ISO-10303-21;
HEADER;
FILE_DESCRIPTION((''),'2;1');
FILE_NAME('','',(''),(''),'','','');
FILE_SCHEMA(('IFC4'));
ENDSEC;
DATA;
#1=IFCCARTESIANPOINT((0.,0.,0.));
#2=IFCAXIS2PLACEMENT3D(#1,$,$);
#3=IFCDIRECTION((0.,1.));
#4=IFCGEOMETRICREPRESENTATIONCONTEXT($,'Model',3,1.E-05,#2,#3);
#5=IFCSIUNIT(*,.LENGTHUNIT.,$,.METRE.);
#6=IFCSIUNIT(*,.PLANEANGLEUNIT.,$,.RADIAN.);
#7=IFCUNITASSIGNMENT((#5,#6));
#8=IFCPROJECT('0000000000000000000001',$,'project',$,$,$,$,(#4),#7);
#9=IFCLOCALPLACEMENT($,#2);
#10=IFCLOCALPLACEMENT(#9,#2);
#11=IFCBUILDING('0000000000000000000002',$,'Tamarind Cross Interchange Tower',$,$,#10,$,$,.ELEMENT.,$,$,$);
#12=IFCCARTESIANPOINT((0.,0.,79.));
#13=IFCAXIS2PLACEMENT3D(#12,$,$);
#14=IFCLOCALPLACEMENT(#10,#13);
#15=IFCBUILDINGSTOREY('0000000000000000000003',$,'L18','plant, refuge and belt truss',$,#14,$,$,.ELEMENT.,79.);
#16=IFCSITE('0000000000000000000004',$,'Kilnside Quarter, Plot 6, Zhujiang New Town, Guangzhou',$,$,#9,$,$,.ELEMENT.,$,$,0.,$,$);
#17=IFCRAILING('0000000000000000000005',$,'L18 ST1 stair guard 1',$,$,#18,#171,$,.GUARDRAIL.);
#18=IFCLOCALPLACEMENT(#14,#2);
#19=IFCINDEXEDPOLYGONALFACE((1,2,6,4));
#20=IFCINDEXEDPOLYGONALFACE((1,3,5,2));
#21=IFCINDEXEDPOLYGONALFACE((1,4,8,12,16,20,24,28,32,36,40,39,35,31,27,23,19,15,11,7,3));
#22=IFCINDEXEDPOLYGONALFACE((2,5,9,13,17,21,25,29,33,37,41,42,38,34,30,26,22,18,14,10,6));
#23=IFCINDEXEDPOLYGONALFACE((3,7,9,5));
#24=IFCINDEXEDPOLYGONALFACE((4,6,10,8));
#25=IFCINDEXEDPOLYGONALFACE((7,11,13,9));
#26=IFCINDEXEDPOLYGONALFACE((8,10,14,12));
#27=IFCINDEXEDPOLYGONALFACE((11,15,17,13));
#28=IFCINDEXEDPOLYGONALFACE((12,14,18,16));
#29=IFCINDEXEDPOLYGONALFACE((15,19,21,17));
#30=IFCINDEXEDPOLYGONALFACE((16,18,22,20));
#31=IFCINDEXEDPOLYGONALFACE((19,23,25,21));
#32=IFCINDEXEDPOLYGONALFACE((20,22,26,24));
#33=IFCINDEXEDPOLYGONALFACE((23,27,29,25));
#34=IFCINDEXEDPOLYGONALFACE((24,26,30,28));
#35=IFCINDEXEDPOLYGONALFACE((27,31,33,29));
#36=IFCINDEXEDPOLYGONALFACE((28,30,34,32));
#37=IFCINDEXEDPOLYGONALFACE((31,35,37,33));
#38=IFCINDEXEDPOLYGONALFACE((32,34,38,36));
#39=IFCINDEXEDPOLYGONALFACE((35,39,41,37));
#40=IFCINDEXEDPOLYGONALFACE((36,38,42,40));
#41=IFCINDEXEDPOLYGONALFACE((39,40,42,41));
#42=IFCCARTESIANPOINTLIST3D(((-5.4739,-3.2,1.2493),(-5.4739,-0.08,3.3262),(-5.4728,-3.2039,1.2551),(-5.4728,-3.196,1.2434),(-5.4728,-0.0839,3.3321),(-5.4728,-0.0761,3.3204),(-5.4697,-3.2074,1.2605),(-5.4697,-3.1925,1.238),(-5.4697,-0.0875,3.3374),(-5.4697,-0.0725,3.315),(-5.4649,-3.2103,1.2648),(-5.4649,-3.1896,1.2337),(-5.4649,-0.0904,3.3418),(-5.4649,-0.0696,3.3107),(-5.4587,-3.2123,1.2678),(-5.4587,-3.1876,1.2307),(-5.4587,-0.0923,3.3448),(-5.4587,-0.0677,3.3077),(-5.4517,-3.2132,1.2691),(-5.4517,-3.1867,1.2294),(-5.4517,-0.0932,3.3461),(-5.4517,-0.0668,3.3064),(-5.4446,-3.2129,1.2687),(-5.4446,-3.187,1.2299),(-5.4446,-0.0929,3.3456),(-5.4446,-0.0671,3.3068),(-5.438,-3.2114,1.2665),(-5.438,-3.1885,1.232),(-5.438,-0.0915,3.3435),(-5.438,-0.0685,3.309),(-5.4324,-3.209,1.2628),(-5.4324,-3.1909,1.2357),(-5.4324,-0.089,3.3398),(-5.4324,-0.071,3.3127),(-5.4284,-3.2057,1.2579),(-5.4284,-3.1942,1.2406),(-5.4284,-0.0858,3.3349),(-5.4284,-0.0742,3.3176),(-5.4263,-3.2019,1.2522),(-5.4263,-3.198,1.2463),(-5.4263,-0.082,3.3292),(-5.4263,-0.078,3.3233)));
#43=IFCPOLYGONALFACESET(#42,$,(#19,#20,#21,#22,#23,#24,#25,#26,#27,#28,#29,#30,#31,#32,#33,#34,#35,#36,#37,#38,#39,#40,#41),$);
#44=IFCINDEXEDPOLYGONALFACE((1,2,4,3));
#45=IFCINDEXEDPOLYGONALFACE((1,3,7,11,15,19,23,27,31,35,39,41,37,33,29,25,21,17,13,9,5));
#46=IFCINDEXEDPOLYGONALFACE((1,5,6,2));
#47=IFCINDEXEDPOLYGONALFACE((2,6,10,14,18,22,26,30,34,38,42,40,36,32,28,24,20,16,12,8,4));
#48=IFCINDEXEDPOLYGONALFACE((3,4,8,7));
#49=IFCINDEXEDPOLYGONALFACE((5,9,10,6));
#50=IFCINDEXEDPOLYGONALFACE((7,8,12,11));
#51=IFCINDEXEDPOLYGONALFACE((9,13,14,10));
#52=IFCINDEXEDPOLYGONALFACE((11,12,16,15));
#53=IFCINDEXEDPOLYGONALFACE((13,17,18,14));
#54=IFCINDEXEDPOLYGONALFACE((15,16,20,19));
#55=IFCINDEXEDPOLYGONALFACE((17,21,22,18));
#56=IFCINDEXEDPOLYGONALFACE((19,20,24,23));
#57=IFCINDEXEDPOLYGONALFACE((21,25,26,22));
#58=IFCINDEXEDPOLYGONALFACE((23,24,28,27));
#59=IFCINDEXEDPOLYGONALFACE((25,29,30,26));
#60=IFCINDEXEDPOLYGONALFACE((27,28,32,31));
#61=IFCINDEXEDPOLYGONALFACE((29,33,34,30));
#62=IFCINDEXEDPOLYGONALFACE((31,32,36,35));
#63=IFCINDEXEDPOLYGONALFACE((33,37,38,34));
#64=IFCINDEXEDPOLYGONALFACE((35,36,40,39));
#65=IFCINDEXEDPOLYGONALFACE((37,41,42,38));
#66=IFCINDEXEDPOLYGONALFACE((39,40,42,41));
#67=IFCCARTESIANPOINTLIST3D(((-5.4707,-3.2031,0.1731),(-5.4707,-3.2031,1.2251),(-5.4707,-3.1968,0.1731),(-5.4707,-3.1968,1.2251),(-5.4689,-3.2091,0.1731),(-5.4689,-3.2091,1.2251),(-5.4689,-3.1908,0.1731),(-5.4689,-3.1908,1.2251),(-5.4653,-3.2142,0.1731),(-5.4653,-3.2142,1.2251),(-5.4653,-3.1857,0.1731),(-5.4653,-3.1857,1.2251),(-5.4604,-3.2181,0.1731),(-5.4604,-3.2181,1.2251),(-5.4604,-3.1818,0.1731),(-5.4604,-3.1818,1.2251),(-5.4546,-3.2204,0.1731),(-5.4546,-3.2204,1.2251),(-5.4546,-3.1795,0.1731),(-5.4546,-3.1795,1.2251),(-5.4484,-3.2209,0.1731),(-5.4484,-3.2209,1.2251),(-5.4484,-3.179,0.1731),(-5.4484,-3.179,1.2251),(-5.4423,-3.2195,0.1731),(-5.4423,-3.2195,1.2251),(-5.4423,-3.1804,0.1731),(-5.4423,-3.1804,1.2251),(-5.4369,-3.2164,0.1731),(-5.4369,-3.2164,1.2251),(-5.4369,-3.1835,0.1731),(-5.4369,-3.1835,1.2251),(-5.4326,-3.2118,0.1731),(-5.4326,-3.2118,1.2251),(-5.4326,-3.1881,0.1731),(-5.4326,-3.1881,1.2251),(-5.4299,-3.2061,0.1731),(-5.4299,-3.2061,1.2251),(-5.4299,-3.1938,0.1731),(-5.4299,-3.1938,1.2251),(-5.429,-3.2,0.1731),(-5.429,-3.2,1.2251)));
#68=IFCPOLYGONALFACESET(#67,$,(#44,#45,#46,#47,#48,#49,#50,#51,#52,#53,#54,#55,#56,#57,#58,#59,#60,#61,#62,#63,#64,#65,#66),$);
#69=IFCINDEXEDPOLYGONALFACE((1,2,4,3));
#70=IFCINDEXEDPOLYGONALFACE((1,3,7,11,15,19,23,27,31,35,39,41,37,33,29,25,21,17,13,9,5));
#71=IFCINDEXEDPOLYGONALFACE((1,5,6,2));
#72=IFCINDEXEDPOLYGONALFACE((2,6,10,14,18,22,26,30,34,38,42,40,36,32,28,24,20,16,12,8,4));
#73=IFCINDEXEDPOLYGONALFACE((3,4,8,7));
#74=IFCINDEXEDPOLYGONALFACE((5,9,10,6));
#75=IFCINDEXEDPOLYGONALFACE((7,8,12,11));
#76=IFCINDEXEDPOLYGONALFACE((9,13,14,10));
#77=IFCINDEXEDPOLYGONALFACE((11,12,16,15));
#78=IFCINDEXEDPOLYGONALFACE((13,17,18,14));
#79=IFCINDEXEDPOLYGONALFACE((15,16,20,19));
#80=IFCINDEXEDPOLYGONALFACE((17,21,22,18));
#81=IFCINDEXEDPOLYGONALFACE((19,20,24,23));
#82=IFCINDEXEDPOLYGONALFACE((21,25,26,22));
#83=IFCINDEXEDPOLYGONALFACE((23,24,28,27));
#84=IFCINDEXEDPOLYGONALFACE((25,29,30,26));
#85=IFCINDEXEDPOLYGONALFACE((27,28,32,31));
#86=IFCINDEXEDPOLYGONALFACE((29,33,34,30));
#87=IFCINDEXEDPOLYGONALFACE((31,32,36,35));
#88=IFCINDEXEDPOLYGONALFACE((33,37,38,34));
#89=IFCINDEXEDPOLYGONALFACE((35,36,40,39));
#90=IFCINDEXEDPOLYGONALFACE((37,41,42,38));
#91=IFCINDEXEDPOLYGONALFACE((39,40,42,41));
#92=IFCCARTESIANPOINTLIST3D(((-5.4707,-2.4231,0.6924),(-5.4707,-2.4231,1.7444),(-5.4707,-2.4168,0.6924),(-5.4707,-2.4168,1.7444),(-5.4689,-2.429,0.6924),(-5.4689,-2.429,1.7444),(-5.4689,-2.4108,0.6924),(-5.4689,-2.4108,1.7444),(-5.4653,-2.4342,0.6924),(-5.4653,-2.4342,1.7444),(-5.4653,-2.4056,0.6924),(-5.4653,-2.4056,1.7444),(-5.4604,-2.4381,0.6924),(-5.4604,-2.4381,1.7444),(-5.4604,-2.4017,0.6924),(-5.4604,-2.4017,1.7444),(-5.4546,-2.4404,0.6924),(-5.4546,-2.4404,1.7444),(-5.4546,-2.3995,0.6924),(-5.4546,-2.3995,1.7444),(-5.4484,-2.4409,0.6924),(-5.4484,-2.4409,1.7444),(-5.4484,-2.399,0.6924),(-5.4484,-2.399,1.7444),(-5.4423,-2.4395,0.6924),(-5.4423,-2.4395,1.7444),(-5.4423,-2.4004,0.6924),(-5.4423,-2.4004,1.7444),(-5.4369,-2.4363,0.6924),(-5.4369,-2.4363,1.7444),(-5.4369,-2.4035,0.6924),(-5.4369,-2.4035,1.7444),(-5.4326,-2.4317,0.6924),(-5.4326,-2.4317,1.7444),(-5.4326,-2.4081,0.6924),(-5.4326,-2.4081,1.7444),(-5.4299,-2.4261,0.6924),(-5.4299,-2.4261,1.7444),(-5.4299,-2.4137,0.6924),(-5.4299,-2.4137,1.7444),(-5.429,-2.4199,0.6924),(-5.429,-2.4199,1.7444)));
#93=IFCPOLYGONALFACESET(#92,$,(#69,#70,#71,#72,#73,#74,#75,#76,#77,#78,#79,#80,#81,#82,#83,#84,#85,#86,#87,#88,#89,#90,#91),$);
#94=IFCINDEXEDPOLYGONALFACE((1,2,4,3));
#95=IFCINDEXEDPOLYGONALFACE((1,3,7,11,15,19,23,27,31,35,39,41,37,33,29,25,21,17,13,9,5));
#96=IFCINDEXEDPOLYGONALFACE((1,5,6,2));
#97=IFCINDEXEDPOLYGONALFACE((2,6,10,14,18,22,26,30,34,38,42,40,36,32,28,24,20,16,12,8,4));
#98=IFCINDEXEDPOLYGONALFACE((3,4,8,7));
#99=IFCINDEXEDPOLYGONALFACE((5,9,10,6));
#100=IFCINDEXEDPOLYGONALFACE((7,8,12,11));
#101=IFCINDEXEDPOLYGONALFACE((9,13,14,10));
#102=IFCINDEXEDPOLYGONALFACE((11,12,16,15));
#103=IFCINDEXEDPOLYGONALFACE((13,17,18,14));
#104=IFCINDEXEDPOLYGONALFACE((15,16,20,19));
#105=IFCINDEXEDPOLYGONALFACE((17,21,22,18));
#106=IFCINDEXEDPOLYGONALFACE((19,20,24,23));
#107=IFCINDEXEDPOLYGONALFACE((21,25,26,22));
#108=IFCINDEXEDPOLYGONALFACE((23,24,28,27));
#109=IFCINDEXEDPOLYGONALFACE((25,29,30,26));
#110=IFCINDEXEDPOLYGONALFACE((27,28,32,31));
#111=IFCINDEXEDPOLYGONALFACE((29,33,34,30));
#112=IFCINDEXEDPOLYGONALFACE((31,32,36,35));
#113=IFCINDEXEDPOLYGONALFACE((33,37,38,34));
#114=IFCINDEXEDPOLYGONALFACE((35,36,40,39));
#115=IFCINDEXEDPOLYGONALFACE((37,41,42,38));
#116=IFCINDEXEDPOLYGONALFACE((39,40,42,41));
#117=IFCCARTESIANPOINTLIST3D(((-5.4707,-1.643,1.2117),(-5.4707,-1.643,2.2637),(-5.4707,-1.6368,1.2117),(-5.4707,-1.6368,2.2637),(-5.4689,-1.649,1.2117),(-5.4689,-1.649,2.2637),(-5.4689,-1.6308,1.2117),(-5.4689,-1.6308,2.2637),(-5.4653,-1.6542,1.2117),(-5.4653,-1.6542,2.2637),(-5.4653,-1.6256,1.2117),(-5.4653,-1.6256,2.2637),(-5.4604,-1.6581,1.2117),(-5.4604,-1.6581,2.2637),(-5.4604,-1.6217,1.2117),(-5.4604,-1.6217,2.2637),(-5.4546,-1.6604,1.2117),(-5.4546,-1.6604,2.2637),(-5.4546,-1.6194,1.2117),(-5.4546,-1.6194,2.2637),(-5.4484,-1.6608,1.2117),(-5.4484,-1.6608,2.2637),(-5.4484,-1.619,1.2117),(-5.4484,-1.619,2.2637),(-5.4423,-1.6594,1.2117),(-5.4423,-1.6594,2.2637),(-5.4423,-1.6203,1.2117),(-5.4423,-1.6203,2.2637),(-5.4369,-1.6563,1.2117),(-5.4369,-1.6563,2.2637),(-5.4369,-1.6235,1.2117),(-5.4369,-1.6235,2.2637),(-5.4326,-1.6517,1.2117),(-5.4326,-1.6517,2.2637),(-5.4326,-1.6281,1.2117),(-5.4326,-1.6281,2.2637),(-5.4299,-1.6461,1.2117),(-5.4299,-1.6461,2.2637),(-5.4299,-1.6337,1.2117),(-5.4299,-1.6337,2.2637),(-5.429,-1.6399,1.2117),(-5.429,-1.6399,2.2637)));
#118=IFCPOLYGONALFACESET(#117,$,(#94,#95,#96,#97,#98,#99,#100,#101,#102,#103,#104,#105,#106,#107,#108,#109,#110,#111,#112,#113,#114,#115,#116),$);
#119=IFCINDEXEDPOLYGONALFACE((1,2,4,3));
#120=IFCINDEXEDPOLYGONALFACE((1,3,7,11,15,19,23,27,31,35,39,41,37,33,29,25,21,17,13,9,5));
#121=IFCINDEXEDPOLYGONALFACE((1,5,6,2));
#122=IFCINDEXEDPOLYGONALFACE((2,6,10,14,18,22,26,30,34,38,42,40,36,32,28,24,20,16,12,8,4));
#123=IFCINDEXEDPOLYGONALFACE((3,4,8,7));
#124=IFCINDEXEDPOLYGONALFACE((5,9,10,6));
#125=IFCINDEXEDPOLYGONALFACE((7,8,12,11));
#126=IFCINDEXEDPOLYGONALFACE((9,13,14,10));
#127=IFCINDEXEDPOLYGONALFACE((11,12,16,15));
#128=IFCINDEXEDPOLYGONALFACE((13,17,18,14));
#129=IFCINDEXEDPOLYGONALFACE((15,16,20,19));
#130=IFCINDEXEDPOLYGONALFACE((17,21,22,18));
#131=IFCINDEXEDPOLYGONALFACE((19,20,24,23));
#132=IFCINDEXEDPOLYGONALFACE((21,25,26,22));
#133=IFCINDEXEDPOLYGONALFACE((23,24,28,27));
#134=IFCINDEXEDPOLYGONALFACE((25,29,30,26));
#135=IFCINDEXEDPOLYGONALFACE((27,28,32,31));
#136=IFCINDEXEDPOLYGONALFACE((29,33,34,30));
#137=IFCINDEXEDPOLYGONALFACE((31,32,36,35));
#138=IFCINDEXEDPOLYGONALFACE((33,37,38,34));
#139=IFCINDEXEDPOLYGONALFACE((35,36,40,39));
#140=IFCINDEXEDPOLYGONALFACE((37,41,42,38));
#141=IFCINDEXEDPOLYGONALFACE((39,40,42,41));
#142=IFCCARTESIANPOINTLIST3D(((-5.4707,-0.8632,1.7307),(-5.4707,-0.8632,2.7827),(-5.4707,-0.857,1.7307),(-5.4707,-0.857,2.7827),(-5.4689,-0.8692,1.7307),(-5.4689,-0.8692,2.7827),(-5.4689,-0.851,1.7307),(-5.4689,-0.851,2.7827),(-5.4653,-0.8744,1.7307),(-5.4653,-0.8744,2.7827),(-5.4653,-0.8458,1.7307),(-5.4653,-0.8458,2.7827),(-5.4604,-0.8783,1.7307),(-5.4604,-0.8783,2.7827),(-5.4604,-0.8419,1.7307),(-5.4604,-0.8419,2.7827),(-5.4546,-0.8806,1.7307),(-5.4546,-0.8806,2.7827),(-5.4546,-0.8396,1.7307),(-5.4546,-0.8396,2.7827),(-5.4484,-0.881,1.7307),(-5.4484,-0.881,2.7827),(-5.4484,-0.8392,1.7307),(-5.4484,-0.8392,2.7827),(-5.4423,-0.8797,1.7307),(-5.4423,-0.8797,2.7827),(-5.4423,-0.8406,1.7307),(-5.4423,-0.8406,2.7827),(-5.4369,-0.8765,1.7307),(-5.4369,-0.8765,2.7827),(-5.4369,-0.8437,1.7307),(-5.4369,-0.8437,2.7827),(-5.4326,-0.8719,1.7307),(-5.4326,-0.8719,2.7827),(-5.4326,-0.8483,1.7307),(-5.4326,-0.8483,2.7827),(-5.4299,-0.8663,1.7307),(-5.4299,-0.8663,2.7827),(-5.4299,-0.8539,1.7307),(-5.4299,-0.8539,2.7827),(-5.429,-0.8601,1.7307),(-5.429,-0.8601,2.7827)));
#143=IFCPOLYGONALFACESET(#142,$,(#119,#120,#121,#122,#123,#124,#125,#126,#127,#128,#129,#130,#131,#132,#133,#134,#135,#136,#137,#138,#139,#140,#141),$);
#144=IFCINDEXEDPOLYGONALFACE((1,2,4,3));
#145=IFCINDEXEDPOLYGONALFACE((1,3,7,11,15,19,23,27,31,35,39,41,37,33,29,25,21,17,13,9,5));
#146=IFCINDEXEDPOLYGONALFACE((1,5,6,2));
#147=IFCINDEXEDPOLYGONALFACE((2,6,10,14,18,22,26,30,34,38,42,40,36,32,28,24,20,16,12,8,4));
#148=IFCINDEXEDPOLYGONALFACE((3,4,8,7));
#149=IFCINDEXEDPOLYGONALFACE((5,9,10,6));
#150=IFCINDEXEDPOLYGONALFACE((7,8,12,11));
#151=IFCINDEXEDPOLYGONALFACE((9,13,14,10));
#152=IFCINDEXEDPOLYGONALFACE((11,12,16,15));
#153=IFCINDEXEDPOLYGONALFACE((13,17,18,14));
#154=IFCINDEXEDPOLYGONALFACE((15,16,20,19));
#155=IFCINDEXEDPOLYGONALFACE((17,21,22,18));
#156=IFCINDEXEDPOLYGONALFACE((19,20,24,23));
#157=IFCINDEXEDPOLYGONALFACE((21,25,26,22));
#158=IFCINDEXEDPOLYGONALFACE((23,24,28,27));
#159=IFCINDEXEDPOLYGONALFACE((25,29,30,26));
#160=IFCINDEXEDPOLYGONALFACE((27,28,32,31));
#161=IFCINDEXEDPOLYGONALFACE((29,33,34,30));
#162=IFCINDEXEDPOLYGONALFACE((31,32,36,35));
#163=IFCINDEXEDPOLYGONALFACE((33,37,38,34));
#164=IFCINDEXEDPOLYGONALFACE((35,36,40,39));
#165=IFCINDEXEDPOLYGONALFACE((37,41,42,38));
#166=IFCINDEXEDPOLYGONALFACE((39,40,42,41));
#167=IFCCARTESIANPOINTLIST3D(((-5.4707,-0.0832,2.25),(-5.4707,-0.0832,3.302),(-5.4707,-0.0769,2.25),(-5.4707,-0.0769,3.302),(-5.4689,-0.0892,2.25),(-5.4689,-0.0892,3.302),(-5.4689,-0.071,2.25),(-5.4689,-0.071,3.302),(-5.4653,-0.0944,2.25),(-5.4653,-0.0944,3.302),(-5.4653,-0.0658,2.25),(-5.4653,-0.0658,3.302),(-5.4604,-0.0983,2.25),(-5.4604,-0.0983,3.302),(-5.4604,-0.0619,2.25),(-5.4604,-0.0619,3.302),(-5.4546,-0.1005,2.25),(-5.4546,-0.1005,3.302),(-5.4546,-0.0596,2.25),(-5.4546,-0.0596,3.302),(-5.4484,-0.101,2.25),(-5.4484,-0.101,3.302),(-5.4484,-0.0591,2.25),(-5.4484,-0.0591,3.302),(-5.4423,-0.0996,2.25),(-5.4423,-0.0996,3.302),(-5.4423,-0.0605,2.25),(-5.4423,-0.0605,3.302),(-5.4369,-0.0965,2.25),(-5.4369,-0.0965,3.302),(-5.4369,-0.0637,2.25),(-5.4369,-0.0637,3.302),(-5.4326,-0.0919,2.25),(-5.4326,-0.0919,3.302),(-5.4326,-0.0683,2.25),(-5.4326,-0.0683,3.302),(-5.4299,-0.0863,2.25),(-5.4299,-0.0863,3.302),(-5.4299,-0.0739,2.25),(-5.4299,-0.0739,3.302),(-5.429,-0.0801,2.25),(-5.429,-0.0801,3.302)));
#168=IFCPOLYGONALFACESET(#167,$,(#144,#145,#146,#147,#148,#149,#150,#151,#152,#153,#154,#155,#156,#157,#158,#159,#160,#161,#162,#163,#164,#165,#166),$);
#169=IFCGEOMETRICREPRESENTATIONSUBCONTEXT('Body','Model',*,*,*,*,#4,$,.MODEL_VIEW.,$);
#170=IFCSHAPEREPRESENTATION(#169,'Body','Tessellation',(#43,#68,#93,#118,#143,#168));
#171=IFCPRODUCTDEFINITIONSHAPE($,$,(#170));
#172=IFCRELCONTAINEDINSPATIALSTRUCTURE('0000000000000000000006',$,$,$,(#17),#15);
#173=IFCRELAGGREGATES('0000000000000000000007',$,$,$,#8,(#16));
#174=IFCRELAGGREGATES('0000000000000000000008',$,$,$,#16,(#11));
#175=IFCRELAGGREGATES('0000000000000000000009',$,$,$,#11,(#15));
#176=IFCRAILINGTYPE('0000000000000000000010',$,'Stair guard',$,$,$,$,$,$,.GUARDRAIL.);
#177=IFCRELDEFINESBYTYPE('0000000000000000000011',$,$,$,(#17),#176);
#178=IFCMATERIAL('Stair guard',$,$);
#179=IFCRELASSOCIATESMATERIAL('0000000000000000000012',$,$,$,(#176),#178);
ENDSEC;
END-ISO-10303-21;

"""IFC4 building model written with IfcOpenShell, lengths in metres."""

from ifc_helpers import new_model, si_unit, direction, frame, origin, origin_2d, place, context, subcontext, project, spatial, circle, extrude, material, type_object, element, save


model = new_model("IFC4")

# Units and contexts
model_context = context("Model", 3, precision=1e-05, world=origin(), true_north=direction((0.0, 1.0)))
body_context = subcontext(model_context, "Body", "Model", "MODEL_VIEW")
ifc_project = project(units=[si_unit("LENGTHUNIT", "METRE"), si_unit("PLANEANGLEUNIT", "RADIAN")], contexts=[model_context])

# Site, building, storey
site_placement = place(None, origin())
site = spatial("IfcSite", under=ifc_project, at=site_placement, Name="Kilnside Quarter, Plot 6, Zhujiang New Town, Guangzhou", CompositionType="ELEMENT", RefElevation=0.0)
building_placement = place(site_placement, origin())
building = spatial("IfcBuilding", under=site, at=building_placement, Name="Tamarind Cross Interchange Tower", CompositionType="ELEMENT")
storey_placement = place(building_placement, frame((0.0, 0.0, 79.0)))
storey = spatial("IfcBuildingStorey", under=building, at=storey_placement, Name="L18", Description="plant, refuge and belt truss", CompositionType="ELEMENT", Elevation=79.0)

# Railing
ifc_material_1 = material(Name="Stair guard")
railing_type_1 = type_object("IfcRailingType", Name="Stair guard", PredefinedType="GUARDRAIL", material=ifc_material_1)
railing_1_placement = place(storey_placement, frame((-5.45, -3.2, 0.1731)))
element("IfcRailing", 1, at=railing_1_placement, inside=storey, type_object=railing_type_1, Name="L18 ST1 stair guard 1", PredefinedType="GUARDRAIL", context=body_context, shape_type="SweptSolid", body=[
    extrude(circle(Radius=0.0239, at=origin_2d()), frame((0.0, 0.0, 1.0762), z_axis=(0.0, 0.832421, 0.554144), x_axis=(-1.0, 0.0, 0.0)), (0.0, 0.0, 1.0), 3.748),
    extrude(circle(Radius=0.021, at=origin_2d()), origin(), (0.0, 0.0, 1.0), 1.052),
    extrude(circle(Radius=0.021, at=origin_2d()), frame((0.0, 0.78, 0.5193)), (0.0, 0.0, 1.0), 1.052),
    extrude(circle(Radius=0.021, at=origin_2d()), frame((0.0, 1.5601, 1.0386)), (0.0, 0.0, 1.0), 1.052),
    extrude(circle(Radius=0.021, at=origin_2d()), frame((0.0, 2.3398, 1.5576)), (0.0, 0.0, 1.0), 1.052),
    extrude(circle(Radius=0.021, at=origin_2d()), frame((0.0, 3.1199, 2.0769)), (0.0, 0.0, 1.0), 1.052),
])

save(model, "model.ifc")
